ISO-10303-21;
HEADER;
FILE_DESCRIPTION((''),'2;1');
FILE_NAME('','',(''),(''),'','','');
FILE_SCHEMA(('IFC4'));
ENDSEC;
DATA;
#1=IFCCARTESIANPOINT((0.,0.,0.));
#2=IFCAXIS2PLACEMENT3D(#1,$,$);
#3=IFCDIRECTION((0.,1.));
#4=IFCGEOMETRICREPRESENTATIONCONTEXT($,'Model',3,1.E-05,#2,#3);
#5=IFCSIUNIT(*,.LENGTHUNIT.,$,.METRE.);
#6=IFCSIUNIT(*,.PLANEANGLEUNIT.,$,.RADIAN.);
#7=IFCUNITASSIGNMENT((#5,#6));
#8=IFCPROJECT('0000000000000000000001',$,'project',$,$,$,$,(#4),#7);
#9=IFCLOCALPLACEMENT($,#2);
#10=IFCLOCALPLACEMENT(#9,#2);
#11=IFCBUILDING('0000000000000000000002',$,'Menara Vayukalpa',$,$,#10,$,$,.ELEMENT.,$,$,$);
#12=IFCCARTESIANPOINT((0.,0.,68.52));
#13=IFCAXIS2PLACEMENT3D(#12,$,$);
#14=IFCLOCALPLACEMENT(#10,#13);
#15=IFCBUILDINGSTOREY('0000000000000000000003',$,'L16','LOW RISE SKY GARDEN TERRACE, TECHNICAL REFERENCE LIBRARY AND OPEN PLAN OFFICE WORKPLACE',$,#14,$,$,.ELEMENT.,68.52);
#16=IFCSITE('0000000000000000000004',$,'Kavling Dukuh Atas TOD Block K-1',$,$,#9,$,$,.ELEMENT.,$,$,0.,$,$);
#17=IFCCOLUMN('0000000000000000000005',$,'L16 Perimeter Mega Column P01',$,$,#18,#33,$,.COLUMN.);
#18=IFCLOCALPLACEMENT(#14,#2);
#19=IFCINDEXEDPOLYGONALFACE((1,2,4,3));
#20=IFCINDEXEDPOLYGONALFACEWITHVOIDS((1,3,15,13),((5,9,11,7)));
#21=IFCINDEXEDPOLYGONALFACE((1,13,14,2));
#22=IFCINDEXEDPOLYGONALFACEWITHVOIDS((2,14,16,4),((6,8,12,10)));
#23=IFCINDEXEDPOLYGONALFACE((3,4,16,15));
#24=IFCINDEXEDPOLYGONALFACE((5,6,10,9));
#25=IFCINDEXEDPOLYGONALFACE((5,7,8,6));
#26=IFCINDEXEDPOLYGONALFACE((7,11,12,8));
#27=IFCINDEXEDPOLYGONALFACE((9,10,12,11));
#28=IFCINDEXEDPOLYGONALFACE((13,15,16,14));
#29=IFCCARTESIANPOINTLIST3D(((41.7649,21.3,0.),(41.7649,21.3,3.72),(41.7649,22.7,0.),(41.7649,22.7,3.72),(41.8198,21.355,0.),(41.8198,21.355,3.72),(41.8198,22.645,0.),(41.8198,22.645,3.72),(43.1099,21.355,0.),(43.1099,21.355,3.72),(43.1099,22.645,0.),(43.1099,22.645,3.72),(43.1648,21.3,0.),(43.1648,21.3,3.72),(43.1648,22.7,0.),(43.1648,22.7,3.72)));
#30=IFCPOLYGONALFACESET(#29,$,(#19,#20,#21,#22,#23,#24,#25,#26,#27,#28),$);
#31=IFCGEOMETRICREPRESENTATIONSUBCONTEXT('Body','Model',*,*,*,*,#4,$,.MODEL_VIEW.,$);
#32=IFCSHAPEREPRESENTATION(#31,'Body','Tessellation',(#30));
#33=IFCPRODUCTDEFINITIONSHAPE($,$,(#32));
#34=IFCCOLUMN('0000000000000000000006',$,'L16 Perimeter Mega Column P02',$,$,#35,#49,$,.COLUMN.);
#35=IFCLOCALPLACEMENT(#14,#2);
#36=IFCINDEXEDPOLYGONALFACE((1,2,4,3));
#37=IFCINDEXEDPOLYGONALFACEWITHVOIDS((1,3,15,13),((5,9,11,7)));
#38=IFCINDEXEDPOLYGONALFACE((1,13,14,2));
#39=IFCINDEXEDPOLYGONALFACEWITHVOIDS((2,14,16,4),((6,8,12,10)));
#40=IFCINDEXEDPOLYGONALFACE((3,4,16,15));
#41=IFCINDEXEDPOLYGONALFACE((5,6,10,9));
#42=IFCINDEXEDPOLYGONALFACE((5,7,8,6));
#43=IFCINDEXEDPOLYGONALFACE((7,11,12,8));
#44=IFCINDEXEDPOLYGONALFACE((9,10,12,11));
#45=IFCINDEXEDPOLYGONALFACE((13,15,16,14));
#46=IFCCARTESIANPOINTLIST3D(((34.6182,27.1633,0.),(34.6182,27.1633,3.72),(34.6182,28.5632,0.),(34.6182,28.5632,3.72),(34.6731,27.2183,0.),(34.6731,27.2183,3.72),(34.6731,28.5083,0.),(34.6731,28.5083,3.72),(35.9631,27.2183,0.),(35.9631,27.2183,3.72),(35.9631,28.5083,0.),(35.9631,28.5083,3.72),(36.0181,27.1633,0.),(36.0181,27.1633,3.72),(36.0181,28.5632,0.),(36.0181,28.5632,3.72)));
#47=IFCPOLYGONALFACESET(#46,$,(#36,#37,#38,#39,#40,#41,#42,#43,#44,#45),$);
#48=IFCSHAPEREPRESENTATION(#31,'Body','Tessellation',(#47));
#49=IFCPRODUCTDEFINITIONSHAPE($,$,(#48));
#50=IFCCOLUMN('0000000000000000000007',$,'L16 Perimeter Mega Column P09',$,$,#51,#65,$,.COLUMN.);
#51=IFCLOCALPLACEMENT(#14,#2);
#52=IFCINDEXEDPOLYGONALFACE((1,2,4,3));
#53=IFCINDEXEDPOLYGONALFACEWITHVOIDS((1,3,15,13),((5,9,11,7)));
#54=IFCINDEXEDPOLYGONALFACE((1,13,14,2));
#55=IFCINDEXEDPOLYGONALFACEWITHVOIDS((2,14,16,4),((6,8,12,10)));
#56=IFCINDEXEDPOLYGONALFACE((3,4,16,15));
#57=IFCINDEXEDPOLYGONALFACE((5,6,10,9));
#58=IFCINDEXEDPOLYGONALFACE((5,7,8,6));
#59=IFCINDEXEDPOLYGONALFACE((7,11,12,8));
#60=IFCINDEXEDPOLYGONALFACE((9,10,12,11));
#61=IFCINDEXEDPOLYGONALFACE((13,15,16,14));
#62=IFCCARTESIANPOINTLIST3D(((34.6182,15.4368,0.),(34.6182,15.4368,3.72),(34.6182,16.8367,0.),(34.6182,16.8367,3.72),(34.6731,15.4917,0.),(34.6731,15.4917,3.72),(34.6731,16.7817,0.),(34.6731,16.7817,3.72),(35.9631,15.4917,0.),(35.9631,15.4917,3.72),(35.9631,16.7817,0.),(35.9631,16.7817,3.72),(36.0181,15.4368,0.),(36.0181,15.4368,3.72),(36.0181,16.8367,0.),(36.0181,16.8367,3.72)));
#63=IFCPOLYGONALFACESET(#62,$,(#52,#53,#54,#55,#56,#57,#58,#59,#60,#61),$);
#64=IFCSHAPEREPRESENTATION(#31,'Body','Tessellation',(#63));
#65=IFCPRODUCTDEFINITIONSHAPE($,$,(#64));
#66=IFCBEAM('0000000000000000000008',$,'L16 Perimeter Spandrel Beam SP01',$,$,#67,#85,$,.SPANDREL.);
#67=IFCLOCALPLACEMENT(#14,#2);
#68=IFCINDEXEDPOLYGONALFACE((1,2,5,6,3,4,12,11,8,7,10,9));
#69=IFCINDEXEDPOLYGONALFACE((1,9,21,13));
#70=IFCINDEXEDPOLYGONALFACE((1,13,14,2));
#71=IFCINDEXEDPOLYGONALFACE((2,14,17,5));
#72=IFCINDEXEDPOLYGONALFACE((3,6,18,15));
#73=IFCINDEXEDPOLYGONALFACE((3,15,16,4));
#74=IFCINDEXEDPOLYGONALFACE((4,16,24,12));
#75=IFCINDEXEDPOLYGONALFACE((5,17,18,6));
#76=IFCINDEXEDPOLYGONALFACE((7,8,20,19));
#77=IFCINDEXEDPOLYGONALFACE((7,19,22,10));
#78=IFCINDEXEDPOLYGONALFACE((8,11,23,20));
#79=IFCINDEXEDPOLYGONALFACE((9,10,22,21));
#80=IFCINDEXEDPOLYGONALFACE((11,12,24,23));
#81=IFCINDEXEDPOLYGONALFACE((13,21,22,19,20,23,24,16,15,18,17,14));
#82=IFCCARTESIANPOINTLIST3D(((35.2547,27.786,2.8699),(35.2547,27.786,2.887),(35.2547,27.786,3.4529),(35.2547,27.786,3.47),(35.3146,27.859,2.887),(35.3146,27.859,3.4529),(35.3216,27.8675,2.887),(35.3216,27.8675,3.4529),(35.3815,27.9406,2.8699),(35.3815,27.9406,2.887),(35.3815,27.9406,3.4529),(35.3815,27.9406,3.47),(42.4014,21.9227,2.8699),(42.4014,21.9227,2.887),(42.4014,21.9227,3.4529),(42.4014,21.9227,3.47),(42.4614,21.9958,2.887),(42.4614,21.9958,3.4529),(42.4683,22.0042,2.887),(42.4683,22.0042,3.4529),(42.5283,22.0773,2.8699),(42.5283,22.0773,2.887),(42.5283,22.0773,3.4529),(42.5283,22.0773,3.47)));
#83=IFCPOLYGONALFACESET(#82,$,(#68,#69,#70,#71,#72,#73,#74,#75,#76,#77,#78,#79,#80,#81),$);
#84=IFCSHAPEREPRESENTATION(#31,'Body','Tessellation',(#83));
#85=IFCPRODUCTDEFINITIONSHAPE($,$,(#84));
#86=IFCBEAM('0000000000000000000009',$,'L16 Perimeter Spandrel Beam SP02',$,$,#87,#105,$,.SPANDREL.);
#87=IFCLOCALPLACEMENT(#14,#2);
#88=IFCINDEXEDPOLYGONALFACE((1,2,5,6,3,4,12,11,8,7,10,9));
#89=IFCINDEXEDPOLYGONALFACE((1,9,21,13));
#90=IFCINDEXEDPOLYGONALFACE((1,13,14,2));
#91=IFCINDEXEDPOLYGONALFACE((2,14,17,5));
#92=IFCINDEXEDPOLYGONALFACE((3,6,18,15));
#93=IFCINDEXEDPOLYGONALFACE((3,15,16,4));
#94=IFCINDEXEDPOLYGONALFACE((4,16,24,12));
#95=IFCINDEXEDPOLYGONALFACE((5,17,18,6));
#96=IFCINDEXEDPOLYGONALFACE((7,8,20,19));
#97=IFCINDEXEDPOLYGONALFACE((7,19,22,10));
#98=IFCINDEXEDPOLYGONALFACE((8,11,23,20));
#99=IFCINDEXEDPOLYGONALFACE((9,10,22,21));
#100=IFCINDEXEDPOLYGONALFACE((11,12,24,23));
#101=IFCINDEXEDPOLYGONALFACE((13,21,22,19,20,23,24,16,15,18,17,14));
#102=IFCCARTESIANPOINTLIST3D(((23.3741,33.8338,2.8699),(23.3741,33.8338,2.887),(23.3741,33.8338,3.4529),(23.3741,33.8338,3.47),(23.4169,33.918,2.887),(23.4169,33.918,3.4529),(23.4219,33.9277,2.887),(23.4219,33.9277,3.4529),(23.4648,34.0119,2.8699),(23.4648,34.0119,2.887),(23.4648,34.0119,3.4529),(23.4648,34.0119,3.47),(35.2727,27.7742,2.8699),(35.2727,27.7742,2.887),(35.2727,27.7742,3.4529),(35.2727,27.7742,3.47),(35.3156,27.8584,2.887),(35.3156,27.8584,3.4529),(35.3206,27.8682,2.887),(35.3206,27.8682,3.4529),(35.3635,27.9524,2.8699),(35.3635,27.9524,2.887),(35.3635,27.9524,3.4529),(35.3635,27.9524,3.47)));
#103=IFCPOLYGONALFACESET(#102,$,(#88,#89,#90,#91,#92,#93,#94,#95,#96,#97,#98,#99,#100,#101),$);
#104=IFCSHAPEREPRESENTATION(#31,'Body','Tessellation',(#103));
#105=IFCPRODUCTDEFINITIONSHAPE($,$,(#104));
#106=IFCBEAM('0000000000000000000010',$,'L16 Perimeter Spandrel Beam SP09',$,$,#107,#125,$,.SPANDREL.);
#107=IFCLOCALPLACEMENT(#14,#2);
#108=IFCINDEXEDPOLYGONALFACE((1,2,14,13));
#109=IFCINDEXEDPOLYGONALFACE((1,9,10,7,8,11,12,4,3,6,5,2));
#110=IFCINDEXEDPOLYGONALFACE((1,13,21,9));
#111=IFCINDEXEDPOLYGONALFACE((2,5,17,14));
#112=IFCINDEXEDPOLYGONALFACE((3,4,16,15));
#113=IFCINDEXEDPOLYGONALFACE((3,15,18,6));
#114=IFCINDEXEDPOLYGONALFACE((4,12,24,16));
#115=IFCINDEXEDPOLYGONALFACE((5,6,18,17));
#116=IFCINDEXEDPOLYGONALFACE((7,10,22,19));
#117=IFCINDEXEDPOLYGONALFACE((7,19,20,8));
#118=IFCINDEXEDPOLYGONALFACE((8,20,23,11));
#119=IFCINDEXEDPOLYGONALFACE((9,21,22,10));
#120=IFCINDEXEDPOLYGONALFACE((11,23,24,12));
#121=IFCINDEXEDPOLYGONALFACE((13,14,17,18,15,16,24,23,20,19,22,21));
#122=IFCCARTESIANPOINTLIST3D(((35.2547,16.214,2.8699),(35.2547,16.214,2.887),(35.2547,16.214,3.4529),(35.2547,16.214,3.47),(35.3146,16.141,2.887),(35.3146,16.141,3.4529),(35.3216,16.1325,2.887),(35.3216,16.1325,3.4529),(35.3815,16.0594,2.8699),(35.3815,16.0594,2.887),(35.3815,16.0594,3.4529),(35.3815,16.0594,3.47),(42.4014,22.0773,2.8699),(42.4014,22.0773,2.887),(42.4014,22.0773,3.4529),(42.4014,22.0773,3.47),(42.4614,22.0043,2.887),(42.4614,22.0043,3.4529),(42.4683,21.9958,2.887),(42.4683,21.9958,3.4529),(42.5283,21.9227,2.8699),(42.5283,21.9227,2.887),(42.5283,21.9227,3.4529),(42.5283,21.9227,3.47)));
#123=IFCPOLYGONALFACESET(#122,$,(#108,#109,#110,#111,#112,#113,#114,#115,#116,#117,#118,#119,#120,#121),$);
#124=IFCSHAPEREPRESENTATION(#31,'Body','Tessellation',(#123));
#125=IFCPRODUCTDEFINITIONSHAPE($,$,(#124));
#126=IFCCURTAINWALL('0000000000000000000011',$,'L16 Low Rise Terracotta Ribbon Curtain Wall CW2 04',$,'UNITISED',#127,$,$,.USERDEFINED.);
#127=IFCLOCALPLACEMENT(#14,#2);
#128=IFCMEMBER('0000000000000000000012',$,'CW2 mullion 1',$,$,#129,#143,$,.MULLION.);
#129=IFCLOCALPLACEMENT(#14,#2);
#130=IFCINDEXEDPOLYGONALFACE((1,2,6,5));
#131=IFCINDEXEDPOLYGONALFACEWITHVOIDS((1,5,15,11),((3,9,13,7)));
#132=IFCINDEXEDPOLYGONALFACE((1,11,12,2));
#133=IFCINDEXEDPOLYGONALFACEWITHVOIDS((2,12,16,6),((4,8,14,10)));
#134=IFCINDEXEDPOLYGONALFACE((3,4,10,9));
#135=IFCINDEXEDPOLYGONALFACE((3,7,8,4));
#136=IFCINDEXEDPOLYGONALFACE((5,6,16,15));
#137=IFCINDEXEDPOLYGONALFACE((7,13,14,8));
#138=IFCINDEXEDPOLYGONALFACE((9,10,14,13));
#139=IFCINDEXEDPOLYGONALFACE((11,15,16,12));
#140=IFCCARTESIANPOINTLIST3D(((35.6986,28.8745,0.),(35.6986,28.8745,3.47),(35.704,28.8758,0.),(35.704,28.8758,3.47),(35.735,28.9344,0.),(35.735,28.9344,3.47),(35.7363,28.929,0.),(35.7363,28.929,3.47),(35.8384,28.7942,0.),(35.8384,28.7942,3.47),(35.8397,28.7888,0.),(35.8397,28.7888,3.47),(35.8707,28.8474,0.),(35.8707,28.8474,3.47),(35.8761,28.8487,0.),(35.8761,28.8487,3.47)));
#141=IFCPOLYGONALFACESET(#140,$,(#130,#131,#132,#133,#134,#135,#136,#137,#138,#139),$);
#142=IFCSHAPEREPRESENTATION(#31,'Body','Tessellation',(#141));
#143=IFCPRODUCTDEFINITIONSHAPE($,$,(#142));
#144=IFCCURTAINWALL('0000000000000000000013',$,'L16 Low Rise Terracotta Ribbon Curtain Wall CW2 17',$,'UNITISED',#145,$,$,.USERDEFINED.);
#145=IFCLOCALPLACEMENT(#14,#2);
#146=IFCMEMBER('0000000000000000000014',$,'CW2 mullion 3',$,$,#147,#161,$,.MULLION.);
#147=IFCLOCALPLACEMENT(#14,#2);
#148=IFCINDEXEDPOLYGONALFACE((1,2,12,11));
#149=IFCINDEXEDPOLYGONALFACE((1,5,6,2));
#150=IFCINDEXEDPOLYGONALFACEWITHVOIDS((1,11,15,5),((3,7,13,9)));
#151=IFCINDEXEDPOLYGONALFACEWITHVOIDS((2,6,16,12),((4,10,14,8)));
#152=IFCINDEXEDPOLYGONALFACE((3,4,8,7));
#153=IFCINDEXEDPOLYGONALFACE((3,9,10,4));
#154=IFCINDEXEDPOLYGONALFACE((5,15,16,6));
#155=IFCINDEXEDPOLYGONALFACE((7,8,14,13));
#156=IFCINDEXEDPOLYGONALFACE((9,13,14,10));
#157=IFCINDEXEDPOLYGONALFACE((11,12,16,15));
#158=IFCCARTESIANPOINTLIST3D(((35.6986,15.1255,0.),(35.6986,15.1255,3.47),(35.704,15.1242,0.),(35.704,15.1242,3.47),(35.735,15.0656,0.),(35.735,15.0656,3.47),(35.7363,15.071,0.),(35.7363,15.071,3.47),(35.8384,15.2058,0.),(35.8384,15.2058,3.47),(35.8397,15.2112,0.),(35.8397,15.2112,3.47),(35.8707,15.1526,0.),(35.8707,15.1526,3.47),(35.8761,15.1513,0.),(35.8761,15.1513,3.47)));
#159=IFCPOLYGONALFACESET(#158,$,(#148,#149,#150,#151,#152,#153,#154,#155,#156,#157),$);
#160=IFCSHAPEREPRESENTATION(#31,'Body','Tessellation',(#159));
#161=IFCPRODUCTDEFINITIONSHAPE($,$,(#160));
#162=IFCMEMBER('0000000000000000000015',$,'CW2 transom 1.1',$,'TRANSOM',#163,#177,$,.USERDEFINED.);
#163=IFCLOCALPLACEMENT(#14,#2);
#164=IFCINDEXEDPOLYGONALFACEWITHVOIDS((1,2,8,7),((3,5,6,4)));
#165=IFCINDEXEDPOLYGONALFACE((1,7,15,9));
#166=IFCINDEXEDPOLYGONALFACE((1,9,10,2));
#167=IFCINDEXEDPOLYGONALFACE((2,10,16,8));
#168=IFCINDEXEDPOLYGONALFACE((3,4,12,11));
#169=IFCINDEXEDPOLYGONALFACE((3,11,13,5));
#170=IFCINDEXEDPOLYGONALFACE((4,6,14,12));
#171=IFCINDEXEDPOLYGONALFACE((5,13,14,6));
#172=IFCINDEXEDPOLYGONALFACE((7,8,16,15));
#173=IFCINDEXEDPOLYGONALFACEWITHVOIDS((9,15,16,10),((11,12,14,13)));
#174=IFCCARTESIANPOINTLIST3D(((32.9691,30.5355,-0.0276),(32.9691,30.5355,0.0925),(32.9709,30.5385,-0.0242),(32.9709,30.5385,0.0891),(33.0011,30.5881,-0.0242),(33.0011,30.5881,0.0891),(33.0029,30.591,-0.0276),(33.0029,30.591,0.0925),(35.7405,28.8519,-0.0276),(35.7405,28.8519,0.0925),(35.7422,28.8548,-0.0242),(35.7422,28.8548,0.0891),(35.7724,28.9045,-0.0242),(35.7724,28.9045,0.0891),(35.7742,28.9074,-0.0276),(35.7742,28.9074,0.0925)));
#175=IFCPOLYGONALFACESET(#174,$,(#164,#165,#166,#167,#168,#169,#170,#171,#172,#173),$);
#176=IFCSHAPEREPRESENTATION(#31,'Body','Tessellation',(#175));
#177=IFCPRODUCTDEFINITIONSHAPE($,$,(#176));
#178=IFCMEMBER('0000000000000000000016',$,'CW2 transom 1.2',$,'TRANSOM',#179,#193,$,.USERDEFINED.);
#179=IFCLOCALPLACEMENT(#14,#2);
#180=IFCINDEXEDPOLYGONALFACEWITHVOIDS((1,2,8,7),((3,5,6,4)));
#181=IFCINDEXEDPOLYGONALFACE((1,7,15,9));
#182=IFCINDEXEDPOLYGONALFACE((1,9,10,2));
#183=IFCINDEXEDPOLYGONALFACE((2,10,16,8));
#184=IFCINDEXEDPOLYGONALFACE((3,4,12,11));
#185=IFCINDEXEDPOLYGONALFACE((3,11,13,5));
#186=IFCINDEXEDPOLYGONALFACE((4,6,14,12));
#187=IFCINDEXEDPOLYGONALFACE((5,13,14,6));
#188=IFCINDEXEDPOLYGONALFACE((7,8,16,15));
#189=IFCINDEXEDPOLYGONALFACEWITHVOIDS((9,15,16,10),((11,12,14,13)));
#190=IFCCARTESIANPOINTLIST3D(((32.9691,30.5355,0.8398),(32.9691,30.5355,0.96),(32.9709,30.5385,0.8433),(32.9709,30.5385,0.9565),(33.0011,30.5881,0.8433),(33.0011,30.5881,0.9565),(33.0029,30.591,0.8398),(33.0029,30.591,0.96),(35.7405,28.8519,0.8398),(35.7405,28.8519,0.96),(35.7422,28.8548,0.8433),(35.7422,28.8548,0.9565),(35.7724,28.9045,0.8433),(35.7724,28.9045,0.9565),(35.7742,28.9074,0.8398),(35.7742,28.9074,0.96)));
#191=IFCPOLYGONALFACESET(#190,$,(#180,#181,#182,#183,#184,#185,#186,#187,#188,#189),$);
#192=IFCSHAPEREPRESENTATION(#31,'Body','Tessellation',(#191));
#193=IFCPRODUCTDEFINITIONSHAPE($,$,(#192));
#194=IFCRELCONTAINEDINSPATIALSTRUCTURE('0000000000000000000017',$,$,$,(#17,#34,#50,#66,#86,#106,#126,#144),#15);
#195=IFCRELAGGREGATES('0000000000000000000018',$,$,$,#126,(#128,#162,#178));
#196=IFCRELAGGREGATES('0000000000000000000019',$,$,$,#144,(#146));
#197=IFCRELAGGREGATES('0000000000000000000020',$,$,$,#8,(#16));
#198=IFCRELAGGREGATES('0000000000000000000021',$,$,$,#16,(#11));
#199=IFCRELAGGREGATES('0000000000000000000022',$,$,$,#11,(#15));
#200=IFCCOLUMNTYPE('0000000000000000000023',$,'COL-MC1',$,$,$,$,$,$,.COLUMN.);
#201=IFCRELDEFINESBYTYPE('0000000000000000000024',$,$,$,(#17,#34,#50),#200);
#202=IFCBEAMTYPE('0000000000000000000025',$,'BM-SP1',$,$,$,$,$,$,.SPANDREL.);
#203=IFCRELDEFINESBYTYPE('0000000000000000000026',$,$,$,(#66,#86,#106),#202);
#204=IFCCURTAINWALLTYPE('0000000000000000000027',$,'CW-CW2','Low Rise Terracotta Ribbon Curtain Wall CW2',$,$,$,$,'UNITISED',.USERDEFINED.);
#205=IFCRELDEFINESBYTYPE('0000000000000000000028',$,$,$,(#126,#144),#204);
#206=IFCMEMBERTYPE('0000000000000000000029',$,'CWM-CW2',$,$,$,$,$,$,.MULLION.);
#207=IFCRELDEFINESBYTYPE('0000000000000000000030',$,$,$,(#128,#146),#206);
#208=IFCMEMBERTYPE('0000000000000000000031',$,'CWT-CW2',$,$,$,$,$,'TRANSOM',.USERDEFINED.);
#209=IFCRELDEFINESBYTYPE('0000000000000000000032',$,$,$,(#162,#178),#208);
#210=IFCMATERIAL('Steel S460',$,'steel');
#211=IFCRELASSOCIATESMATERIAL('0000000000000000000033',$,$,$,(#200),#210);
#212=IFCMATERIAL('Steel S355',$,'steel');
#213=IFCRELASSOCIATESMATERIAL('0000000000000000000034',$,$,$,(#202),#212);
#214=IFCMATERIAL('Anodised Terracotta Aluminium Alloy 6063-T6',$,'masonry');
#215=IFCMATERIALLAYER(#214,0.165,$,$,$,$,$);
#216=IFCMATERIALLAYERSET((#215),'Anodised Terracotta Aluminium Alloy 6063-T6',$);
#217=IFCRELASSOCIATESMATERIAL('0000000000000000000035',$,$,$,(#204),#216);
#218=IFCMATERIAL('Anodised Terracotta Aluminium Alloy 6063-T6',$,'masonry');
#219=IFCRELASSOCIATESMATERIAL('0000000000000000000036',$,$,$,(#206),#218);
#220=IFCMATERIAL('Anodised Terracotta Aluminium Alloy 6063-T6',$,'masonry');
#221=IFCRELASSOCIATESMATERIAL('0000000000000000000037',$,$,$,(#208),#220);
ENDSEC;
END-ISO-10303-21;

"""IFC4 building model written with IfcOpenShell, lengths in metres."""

from ifc_helpers import new_model, si_unit, direction, frame, origin, origin_2d, place, context, subcontext, project, spatial, hollow_rectangle, i_section, extrude, material, layer, layer_set, material_profile, profile_set, type_object, element, aggregate, save


model = new_model("IFC4")

# Units and contexts
model_context = context("Model", 3, precision=1e-05, world=origin(), true_north=direction((0.0, 1.0)))
body_context = subcontext(model_context, "Body", "Model", "MODEL_VIEW")
ifc_project = project(units=[si_unit("LENGTHUNIT", "METRE"), si_unit("PLANEANGLEUNIT", "RADIAN")], contexts=[model_context])

# Site, building, storey
site_placement = place(None, origin())
site = spatial("IfcSite", under=ifc_project, at=site_placement, Name="Kavling Dukuh Atas TOD Block K-1", CompositionType="ELEMENT", RefElevation=0.0)
building_placement = place(site_placement, origin())
building = spatial("IfcBuilding", under=site, at=building_placement, Name="Menara Vayukalpa", CompositionType="ELEMENT")
storey_placement = place(building_placement, frame((0.0, 0.0, 68.52)))
storey = spatial("IfcBuildingStorey", under=building, at=storey_placement, Name="L16", Description="LOW RISE SKY GARDEN TERRACE, TECHNICAL REFERENCE LIBRARY AND OPEN PLAN OFFICE WORKPLACE", CompositionType="ELEMENT", Elevation=68.52)

# Columns
ifc_material_1 = material(Name="Steel S460", Category="steel")
ifc_material_profile_1 = material_profile(ifc_material_1, hollow_rectangle(XDim=1.3999, YDim=1.3999, WallThickness=0.0549, at=origin_2d()), Name="BOX 1400x1400x55")
ifc_profile_set_1 = profile_set([ifc_material_profile_1], Name="Steel S460")
column_type = type_object("IfcColumnType", Name="COL-MC1", PredefinedType="COLUMN", material=ifc_profile_set_1)
for number, where, z_axis, x_axis, name in (
    (1, (42.4648, 22.0, 0.0), (0.0, 0.0, 1.0), (1.0, 0.0, 0.0), "L16 Perimeter Mega Column P01"),
    (2, (35.3181, 27.8633, 0.0), (0.0, 0.0, 1.0), (1.0, 0.0, 0.0), "L16 Perimeter Mega Column P02"),
    (3, (35.3181, 16.1367, 0.0), (0.0, 0.0, 1.0), (1.0, 0.0, 0.0), "L16 Perimeter Mega Column P09"),
):
    element("IfcColumn", number, at=place(storey_placement, frame(where, z_axis=z_axis, x_axis=x_axis)), inside=storey, type_object=column_type, Name=name, PredefinedType="COLUMN", context=body_context, shape_type="SweptSolid", body=[
        extrude(hollow_rectangle(XDim=1.3999, YDim=1.3999, WallThickness=0.0549, at=origin_2d()), origin(), (0.0, 0.0, 1.0), 3.72),
    ])

# Beams
ifc_material_2 = material(Name="Steel S355", Category="steel")
ifc_material_profile_2 = material_profile(ifc_material_2, i_section(OverallWidth=0.2, OverallDepth=0.6001, WebThickness=0.011, FlangeThickness=0.0171, at=origin_2d()), Name="WF 600x200x11x17")
ifc_profile_set_2 = profile_set([ifc_material_profile_2], Name="Steel S355")
beam_type = type_object("IfcBeamType", Name="BM-SP1", PredefinedType="SPANDREL", material=ifc_profile_set_2)
beam_1_placement = place(storey_placement, frame((42.4648, 22.0, 3.1699), z_axis=(-0.773111, 0.634271, 0.0), x_axis=(-0.634271, -0.773111, 0.0)))
element("IfcBeam", 4, at=beam_1_placement, inside=storey, type_object=beam_type, Name="L16 Perimeter Spandrel Beam SP01", PredefinedType="SPANDREL", context=body_context, shape_type="SweptSolid", body=[
    extrude(i_section(OverallWidth=0.2, OverallDepth=0.6001, WebThickness=0.011, FlangeThickness=0.0171, at=origin_2d()), origin(), (0.0, 0.0, 1.0), 9.2441),
])
beam_2_placement = place(storey_placement, frame((35.3181, 27.8633, 3.1699), z_axis=(-0.891101, 0.453806, 0.0), x_axis=(-0.453806, -0.891101, 0.0)))
element("IfcBeam", 5, at=beam_2_placement, inside=storey, type_object=beam_type, Name="L16 Perimeter Spandrel Beam SP02", PredefinedType="SPANDREL", context=body_context, shape_type="SweptSolid", body=[
    extrude(i_section(OverallWidth=0.2, OverallDepth=0.6001, WebThickness=0.011, FlangeThickness=0.0171, at=origin_2d()), origin(), (0.0, 0.0, 1.0), 13.3528),
])
beam_3_placement = place(storey_placement, frame((35.3181, 16.1367, 3.1699), z_axis=(0.773111, 0.634271, 0.0), x_axis=(-0.634271, 0.773111, 0.0)))
element("IfcBeam", 6, at=beam_3_placement, inside=storey, type_object=beam_type, Name="L16 Perimeter Spandrel Beam SP09", PredefinedType="SPANDREL", context=body_context, shape_type="SweptSolid", body=[
    extrude(i_section(OverallWidth=0.2, OverallDepth=0.6001, WebThickness=0.011, FlangeThickness=0.0171, at=origin_2d()), origin(), (0.0, 0.0, 1.0), 9.2441),
])

# Curtain walls, members
ifc_material_3 = material(Name="Anodised Terracotta Aluminium Alloy 6063-T6", Category="masonry")
ifc_layer_1 = layer(ifc_material_3, 0.165)
ifc_layer_set_1 = layer_set([ifc_layer_1], Name="Anodised Terracotta Aluminium Alloy 6063-T6")
curtain_wall_type = type_object("IfcCurtainWallType", Name="CW-CW2", Description="Low Rise Terracotta Ribbon Curtain Wall CW2", ElementType="UNITISED", PredefinedType="USERDEFINED", material=ifc_layer_set_1)
curtain_wall_1_placement = place(storey_placement, origin())
curtain_wall_1 = element("IfcCurtainWall", 7, at=curtain_wall_1_placement, inside=storey, type_object=curtain_wall_type, Name="L16 Low Rise Terracotta Ribbon Curtain Wall CW2 04", ObjectType="UNITISED", PredefinedType="USERDEFINED")
ifc_material_4 = material(Name="Anodised Terracotta Aluminium Alloy 6063-T6", Category="masonry")
ifc_material_profile_3 = material_profile(ifc_material_4, hollow_rectangle(XDim=0.0701, YDim=0.165, WallThickness=0.0039, at=origin_2d()), Name="ALU 70x165x4")
ifc_profile_set_3 = profile_set([ifc_material_profile_3], Name="Anodised Terracotta Aluminium Alloy 6063-T6")
member_type_1 = type_object("IfcMemberType", Name="CWM-CW2", PredefinedType="MULLION", material=ifc_profile_set_3)
member_1_placement = place(storey_placement, frame((35.7874, 28.8616, 0.0), z_axis=(0.0, 0.0, 1.0), x_axis=(-0.519182, -0.854664, 0.0)))
member_1 = element("IfcMember", 8, at=member_1_placement, type_object=member_type_1, Name="CW2 mullion 1", PredefinedType="MULLION", context=body_context, shape_type="SweptSolid", body=[
    extrude(hollow_rectangle(XDim=0.0701, YDim=0.165, WallThickness=0.0039, at=origin_2d()), origin(), (0.0, 0.0, 1.0), 3.47),
])
curtain_wall_2_placement = place(storey_placement, origin())
curtain_wall_2 = element("IfcCurtainWall", 9, at=curtain_wall_2_placement, inside=storey, type_object=curtain_wall_type, Name="L16 Low Rise Terracotta Ribbon Curtain Wall CW2 17", ObjectType="UNITISED", PredefinedType="USERDEFINED")
member_2_placement = place(storey_placement, frame((35.7874, 15.1384, 0.0), z_axis=(0.0, 0.0, 1.0), x_axis=(-0.519182, 0.854664, 0.0)))
member_2 = element("IfcMember", 10, at=member_2_placement, type_object=member_type_1, Name="CW2 mullion 3", PredefinedType="MULLION", context=body_context, shape_type="SweptSolid", body=[
    extrude(hollow_rectangle(XDim=0.0701, YDim=0.165, WallThickness=0.0039, at=origin_2d()), origin(), (0.0, 0.0, 1.0), 3.47),
])

# Members
ifc_material_5 = material(Name="Anodised Terracotta Aluminium Alloy 6063-T6", Category="masonry")
ifc_material_profile_4 = material_profile(ifc_material_5, hollow_rectangle(XDim=0.0649, YDim=0.1201, WallThickness=0.0034, at=origin_2d()), Name="ALU 65x120x3.5")
ifc_profile_set_4 = profile_set([ifc_material_profile_4], Name="Anodised Terracotta Aluminium Alloy 6063-T6")
member_type_2 = type_object("IfcMemberType", Name="CWT-CW2", ElementType="TRANSOM", PredefinedType="USERDEFINED", material=ifc_profile_set_4)
member_3_placement = place(storey_placement, frame((35.7573, 28.8796, 0.0325), z_axis=(-0.854643, 0.519216, 0.0), x_axis=(-0.519216, -0.854643, 0.0)))
member_3 = element("IfcMember", 11, at=member_3_placement, type_object=member_type_2, Name="CW2 transom 1.1", ObjectType="TRANSOM", PredefinedType="USERDEFINED", context=body_context, shape_type="SweptSolid", body=[
    extrude(hollow_rectangle(XDim=0.0649, YDim=0.1201, WallThickness=0.0034, at=origin_2d()), origin(), (0.0, 0.0, 1.0), 3.2427),
])
member_4_placement = place(storey_placement, frame((35.7573, 28.8796, 0.8999), z_axis=(-0.854643, 0.519216, 0.0), x_axis=(-0.519216, -0.854643, 0.0)))
member_4 = element("IfcMember", 12, at=member_4_placement, type_object=member_type_2, Name="CW2 transom 1.2", ObjectType="TRANSOM", PredefinedType="USERDEFINED", context=body_context, shape_type="SweptSolid", body=[
    extrude(hollow_rectangle(XDim=0.0649, YDim=0.1201, WallThickness=0.0034, at=origin_2d()), origin(), (0.0, 0.0, 1.0), 3.2427),
])

aggregate(curtain_wall_1, [member_1, member_3, member_4])
aggregate(curtain_wall_2, [member_2])

save(model, "model.ifc")
